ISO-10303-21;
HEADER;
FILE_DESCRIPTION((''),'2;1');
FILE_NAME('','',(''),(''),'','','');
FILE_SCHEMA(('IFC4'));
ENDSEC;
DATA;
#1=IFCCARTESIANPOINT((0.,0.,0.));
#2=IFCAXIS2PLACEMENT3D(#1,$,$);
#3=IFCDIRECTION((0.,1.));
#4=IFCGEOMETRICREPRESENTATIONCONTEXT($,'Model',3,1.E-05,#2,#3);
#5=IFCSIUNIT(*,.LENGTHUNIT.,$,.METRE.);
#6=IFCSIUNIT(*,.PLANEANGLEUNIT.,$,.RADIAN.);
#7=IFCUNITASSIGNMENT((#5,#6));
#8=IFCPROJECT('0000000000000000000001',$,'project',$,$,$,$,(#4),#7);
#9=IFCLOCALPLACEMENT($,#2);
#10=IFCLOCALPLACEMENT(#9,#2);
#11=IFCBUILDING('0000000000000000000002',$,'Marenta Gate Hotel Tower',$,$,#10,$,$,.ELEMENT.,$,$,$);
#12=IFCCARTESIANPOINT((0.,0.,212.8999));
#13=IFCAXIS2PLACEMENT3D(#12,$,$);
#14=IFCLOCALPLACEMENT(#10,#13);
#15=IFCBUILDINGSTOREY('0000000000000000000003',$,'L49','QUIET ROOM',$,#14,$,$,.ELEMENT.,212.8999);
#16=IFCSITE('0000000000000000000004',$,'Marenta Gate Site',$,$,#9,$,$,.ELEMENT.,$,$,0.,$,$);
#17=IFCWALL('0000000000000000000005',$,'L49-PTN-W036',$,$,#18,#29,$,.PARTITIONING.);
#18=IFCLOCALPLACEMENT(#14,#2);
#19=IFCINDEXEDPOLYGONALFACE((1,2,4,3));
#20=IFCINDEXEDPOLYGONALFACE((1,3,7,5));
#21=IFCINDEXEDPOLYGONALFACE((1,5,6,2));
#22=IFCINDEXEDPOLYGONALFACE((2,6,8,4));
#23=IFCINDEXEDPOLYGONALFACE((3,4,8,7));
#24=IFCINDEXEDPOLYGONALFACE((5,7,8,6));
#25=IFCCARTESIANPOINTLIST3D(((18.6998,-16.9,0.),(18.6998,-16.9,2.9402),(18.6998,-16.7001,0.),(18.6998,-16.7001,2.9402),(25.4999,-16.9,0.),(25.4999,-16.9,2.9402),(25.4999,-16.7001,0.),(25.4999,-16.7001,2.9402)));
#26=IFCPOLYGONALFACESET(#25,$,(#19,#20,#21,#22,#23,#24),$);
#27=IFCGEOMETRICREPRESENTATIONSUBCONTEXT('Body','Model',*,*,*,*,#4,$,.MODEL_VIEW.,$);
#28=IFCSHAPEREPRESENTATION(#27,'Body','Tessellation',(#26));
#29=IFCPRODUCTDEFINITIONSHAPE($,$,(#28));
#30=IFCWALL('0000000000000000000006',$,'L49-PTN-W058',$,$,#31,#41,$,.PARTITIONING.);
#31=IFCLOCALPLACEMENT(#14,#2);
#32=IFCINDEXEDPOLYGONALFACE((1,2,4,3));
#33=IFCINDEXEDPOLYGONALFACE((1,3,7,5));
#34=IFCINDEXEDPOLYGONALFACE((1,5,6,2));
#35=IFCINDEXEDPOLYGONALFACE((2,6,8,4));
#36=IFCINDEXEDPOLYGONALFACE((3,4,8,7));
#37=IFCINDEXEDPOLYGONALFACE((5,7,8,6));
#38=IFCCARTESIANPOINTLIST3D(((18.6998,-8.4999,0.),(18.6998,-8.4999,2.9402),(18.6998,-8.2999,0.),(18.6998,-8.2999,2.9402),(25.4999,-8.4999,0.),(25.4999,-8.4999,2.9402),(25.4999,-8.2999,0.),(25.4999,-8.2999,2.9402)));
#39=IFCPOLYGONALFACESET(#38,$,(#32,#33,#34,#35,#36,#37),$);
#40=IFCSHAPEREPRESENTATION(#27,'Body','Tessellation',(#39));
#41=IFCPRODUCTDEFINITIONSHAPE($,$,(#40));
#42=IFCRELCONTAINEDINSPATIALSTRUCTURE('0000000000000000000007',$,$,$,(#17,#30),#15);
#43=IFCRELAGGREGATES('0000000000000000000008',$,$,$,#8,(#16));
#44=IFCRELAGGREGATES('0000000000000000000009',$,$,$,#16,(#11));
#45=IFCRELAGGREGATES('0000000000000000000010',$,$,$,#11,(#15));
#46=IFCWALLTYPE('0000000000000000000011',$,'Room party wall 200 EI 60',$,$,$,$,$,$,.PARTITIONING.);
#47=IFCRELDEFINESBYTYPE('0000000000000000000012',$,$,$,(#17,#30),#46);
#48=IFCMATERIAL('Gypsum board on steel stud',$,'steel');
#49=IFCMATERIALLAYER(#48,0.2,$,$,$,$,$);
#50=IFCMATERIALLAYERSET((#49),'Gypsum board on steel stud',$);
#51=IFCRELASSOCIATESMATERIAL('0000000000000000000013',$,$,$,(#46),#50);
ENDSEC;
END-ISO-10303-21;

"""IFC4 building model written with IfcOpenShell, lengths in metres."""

from ifc_helpers import new_model, si_unit, direction, frame, frame_2d, origin, place, context, subcontext, project, spatial, rectangle, extrude, material, layer, layer_set, type_object, element, save


model = new_model("IFC4")

# Units and contexts
model_context = context("Model", 3, precision=1e-05, world=origin(), true_north=direction((0.0, 1.0)))
body_context = subcontext(model_context, "Body", "Model", "MODEL_VIEW")
ifc_project = project(units=[si_unit("LENGTHUNIT", "METRE"), si_unit("PLANEANGLEUNIT", "RADIAN")], contexts=[model_context])

# Site, building, storey
site_placement = place(None, origin())
site = spatial("IfcSite", under=ifc_project, at=site_placement, Name="Marenta Gate Site", CompositionType="ELEMENT", RefElevation=0.0)
building_placement = place(site_placement, origin())
building = spatial("IfcBuilding", under=site, at=building_placement, Name="Marenta Gate Hotel Tower", CompositionType="ELEMENT")
storey_placement = place(building_placement, frame((0.0, 0.0, 212.8999)))
storey = spatial("IfcBuildingStorey", under=building, at=storey_placement, Name="L49", Description="QUIET ROOM", CompositionType="ELEMENT", Elevation=212.8999)

# Walls
ifc_material_1 = material(Name="Gypsum board on steel stud", Category="steel")
ifc_layer_1 = layer(ifc_material_1, 0.2)
ifc_layer_set_1 = layer_set([ifc_layer_1], Name="Gypsum board on steel stud")
wall_type_1 = type_object("IfcWallType", Name="Room party wall 200 EI 60", PredefinedType="PARTITIONING", material=ifc_layer_set_1)
for number, where, z_axis, x_axis, name in (
    (1, (18.7, -16.8, 0.0), (0.0, 0.0, 1.0), (1.0, 0.0, 0.0), "L49-PTN-W036"),
    (2, (18.7, -8.3999, 0.0), (0.0, 0.0, 1.0), (1.0, 0.0, 0.0), "L49-PTN-W058"),
):
    element("IfcWall", number, at=place(storey_placement, frame(where, z_axis=z_axis, x_axis=x_axis)), inside=storey, type_object=wall_type_1, Name=name, PredefinedType="PARTITIONING", context=body_context, shape_type="SweptSolid", body=[
        extrude(rectangle(XDim=6.8, YDim=0.2, at=frame_2d((3.3999, 0.0))), origin(), (0.0, 0.0, 1.0), 2.9402),
    ])

save(model, "model.ifc")
